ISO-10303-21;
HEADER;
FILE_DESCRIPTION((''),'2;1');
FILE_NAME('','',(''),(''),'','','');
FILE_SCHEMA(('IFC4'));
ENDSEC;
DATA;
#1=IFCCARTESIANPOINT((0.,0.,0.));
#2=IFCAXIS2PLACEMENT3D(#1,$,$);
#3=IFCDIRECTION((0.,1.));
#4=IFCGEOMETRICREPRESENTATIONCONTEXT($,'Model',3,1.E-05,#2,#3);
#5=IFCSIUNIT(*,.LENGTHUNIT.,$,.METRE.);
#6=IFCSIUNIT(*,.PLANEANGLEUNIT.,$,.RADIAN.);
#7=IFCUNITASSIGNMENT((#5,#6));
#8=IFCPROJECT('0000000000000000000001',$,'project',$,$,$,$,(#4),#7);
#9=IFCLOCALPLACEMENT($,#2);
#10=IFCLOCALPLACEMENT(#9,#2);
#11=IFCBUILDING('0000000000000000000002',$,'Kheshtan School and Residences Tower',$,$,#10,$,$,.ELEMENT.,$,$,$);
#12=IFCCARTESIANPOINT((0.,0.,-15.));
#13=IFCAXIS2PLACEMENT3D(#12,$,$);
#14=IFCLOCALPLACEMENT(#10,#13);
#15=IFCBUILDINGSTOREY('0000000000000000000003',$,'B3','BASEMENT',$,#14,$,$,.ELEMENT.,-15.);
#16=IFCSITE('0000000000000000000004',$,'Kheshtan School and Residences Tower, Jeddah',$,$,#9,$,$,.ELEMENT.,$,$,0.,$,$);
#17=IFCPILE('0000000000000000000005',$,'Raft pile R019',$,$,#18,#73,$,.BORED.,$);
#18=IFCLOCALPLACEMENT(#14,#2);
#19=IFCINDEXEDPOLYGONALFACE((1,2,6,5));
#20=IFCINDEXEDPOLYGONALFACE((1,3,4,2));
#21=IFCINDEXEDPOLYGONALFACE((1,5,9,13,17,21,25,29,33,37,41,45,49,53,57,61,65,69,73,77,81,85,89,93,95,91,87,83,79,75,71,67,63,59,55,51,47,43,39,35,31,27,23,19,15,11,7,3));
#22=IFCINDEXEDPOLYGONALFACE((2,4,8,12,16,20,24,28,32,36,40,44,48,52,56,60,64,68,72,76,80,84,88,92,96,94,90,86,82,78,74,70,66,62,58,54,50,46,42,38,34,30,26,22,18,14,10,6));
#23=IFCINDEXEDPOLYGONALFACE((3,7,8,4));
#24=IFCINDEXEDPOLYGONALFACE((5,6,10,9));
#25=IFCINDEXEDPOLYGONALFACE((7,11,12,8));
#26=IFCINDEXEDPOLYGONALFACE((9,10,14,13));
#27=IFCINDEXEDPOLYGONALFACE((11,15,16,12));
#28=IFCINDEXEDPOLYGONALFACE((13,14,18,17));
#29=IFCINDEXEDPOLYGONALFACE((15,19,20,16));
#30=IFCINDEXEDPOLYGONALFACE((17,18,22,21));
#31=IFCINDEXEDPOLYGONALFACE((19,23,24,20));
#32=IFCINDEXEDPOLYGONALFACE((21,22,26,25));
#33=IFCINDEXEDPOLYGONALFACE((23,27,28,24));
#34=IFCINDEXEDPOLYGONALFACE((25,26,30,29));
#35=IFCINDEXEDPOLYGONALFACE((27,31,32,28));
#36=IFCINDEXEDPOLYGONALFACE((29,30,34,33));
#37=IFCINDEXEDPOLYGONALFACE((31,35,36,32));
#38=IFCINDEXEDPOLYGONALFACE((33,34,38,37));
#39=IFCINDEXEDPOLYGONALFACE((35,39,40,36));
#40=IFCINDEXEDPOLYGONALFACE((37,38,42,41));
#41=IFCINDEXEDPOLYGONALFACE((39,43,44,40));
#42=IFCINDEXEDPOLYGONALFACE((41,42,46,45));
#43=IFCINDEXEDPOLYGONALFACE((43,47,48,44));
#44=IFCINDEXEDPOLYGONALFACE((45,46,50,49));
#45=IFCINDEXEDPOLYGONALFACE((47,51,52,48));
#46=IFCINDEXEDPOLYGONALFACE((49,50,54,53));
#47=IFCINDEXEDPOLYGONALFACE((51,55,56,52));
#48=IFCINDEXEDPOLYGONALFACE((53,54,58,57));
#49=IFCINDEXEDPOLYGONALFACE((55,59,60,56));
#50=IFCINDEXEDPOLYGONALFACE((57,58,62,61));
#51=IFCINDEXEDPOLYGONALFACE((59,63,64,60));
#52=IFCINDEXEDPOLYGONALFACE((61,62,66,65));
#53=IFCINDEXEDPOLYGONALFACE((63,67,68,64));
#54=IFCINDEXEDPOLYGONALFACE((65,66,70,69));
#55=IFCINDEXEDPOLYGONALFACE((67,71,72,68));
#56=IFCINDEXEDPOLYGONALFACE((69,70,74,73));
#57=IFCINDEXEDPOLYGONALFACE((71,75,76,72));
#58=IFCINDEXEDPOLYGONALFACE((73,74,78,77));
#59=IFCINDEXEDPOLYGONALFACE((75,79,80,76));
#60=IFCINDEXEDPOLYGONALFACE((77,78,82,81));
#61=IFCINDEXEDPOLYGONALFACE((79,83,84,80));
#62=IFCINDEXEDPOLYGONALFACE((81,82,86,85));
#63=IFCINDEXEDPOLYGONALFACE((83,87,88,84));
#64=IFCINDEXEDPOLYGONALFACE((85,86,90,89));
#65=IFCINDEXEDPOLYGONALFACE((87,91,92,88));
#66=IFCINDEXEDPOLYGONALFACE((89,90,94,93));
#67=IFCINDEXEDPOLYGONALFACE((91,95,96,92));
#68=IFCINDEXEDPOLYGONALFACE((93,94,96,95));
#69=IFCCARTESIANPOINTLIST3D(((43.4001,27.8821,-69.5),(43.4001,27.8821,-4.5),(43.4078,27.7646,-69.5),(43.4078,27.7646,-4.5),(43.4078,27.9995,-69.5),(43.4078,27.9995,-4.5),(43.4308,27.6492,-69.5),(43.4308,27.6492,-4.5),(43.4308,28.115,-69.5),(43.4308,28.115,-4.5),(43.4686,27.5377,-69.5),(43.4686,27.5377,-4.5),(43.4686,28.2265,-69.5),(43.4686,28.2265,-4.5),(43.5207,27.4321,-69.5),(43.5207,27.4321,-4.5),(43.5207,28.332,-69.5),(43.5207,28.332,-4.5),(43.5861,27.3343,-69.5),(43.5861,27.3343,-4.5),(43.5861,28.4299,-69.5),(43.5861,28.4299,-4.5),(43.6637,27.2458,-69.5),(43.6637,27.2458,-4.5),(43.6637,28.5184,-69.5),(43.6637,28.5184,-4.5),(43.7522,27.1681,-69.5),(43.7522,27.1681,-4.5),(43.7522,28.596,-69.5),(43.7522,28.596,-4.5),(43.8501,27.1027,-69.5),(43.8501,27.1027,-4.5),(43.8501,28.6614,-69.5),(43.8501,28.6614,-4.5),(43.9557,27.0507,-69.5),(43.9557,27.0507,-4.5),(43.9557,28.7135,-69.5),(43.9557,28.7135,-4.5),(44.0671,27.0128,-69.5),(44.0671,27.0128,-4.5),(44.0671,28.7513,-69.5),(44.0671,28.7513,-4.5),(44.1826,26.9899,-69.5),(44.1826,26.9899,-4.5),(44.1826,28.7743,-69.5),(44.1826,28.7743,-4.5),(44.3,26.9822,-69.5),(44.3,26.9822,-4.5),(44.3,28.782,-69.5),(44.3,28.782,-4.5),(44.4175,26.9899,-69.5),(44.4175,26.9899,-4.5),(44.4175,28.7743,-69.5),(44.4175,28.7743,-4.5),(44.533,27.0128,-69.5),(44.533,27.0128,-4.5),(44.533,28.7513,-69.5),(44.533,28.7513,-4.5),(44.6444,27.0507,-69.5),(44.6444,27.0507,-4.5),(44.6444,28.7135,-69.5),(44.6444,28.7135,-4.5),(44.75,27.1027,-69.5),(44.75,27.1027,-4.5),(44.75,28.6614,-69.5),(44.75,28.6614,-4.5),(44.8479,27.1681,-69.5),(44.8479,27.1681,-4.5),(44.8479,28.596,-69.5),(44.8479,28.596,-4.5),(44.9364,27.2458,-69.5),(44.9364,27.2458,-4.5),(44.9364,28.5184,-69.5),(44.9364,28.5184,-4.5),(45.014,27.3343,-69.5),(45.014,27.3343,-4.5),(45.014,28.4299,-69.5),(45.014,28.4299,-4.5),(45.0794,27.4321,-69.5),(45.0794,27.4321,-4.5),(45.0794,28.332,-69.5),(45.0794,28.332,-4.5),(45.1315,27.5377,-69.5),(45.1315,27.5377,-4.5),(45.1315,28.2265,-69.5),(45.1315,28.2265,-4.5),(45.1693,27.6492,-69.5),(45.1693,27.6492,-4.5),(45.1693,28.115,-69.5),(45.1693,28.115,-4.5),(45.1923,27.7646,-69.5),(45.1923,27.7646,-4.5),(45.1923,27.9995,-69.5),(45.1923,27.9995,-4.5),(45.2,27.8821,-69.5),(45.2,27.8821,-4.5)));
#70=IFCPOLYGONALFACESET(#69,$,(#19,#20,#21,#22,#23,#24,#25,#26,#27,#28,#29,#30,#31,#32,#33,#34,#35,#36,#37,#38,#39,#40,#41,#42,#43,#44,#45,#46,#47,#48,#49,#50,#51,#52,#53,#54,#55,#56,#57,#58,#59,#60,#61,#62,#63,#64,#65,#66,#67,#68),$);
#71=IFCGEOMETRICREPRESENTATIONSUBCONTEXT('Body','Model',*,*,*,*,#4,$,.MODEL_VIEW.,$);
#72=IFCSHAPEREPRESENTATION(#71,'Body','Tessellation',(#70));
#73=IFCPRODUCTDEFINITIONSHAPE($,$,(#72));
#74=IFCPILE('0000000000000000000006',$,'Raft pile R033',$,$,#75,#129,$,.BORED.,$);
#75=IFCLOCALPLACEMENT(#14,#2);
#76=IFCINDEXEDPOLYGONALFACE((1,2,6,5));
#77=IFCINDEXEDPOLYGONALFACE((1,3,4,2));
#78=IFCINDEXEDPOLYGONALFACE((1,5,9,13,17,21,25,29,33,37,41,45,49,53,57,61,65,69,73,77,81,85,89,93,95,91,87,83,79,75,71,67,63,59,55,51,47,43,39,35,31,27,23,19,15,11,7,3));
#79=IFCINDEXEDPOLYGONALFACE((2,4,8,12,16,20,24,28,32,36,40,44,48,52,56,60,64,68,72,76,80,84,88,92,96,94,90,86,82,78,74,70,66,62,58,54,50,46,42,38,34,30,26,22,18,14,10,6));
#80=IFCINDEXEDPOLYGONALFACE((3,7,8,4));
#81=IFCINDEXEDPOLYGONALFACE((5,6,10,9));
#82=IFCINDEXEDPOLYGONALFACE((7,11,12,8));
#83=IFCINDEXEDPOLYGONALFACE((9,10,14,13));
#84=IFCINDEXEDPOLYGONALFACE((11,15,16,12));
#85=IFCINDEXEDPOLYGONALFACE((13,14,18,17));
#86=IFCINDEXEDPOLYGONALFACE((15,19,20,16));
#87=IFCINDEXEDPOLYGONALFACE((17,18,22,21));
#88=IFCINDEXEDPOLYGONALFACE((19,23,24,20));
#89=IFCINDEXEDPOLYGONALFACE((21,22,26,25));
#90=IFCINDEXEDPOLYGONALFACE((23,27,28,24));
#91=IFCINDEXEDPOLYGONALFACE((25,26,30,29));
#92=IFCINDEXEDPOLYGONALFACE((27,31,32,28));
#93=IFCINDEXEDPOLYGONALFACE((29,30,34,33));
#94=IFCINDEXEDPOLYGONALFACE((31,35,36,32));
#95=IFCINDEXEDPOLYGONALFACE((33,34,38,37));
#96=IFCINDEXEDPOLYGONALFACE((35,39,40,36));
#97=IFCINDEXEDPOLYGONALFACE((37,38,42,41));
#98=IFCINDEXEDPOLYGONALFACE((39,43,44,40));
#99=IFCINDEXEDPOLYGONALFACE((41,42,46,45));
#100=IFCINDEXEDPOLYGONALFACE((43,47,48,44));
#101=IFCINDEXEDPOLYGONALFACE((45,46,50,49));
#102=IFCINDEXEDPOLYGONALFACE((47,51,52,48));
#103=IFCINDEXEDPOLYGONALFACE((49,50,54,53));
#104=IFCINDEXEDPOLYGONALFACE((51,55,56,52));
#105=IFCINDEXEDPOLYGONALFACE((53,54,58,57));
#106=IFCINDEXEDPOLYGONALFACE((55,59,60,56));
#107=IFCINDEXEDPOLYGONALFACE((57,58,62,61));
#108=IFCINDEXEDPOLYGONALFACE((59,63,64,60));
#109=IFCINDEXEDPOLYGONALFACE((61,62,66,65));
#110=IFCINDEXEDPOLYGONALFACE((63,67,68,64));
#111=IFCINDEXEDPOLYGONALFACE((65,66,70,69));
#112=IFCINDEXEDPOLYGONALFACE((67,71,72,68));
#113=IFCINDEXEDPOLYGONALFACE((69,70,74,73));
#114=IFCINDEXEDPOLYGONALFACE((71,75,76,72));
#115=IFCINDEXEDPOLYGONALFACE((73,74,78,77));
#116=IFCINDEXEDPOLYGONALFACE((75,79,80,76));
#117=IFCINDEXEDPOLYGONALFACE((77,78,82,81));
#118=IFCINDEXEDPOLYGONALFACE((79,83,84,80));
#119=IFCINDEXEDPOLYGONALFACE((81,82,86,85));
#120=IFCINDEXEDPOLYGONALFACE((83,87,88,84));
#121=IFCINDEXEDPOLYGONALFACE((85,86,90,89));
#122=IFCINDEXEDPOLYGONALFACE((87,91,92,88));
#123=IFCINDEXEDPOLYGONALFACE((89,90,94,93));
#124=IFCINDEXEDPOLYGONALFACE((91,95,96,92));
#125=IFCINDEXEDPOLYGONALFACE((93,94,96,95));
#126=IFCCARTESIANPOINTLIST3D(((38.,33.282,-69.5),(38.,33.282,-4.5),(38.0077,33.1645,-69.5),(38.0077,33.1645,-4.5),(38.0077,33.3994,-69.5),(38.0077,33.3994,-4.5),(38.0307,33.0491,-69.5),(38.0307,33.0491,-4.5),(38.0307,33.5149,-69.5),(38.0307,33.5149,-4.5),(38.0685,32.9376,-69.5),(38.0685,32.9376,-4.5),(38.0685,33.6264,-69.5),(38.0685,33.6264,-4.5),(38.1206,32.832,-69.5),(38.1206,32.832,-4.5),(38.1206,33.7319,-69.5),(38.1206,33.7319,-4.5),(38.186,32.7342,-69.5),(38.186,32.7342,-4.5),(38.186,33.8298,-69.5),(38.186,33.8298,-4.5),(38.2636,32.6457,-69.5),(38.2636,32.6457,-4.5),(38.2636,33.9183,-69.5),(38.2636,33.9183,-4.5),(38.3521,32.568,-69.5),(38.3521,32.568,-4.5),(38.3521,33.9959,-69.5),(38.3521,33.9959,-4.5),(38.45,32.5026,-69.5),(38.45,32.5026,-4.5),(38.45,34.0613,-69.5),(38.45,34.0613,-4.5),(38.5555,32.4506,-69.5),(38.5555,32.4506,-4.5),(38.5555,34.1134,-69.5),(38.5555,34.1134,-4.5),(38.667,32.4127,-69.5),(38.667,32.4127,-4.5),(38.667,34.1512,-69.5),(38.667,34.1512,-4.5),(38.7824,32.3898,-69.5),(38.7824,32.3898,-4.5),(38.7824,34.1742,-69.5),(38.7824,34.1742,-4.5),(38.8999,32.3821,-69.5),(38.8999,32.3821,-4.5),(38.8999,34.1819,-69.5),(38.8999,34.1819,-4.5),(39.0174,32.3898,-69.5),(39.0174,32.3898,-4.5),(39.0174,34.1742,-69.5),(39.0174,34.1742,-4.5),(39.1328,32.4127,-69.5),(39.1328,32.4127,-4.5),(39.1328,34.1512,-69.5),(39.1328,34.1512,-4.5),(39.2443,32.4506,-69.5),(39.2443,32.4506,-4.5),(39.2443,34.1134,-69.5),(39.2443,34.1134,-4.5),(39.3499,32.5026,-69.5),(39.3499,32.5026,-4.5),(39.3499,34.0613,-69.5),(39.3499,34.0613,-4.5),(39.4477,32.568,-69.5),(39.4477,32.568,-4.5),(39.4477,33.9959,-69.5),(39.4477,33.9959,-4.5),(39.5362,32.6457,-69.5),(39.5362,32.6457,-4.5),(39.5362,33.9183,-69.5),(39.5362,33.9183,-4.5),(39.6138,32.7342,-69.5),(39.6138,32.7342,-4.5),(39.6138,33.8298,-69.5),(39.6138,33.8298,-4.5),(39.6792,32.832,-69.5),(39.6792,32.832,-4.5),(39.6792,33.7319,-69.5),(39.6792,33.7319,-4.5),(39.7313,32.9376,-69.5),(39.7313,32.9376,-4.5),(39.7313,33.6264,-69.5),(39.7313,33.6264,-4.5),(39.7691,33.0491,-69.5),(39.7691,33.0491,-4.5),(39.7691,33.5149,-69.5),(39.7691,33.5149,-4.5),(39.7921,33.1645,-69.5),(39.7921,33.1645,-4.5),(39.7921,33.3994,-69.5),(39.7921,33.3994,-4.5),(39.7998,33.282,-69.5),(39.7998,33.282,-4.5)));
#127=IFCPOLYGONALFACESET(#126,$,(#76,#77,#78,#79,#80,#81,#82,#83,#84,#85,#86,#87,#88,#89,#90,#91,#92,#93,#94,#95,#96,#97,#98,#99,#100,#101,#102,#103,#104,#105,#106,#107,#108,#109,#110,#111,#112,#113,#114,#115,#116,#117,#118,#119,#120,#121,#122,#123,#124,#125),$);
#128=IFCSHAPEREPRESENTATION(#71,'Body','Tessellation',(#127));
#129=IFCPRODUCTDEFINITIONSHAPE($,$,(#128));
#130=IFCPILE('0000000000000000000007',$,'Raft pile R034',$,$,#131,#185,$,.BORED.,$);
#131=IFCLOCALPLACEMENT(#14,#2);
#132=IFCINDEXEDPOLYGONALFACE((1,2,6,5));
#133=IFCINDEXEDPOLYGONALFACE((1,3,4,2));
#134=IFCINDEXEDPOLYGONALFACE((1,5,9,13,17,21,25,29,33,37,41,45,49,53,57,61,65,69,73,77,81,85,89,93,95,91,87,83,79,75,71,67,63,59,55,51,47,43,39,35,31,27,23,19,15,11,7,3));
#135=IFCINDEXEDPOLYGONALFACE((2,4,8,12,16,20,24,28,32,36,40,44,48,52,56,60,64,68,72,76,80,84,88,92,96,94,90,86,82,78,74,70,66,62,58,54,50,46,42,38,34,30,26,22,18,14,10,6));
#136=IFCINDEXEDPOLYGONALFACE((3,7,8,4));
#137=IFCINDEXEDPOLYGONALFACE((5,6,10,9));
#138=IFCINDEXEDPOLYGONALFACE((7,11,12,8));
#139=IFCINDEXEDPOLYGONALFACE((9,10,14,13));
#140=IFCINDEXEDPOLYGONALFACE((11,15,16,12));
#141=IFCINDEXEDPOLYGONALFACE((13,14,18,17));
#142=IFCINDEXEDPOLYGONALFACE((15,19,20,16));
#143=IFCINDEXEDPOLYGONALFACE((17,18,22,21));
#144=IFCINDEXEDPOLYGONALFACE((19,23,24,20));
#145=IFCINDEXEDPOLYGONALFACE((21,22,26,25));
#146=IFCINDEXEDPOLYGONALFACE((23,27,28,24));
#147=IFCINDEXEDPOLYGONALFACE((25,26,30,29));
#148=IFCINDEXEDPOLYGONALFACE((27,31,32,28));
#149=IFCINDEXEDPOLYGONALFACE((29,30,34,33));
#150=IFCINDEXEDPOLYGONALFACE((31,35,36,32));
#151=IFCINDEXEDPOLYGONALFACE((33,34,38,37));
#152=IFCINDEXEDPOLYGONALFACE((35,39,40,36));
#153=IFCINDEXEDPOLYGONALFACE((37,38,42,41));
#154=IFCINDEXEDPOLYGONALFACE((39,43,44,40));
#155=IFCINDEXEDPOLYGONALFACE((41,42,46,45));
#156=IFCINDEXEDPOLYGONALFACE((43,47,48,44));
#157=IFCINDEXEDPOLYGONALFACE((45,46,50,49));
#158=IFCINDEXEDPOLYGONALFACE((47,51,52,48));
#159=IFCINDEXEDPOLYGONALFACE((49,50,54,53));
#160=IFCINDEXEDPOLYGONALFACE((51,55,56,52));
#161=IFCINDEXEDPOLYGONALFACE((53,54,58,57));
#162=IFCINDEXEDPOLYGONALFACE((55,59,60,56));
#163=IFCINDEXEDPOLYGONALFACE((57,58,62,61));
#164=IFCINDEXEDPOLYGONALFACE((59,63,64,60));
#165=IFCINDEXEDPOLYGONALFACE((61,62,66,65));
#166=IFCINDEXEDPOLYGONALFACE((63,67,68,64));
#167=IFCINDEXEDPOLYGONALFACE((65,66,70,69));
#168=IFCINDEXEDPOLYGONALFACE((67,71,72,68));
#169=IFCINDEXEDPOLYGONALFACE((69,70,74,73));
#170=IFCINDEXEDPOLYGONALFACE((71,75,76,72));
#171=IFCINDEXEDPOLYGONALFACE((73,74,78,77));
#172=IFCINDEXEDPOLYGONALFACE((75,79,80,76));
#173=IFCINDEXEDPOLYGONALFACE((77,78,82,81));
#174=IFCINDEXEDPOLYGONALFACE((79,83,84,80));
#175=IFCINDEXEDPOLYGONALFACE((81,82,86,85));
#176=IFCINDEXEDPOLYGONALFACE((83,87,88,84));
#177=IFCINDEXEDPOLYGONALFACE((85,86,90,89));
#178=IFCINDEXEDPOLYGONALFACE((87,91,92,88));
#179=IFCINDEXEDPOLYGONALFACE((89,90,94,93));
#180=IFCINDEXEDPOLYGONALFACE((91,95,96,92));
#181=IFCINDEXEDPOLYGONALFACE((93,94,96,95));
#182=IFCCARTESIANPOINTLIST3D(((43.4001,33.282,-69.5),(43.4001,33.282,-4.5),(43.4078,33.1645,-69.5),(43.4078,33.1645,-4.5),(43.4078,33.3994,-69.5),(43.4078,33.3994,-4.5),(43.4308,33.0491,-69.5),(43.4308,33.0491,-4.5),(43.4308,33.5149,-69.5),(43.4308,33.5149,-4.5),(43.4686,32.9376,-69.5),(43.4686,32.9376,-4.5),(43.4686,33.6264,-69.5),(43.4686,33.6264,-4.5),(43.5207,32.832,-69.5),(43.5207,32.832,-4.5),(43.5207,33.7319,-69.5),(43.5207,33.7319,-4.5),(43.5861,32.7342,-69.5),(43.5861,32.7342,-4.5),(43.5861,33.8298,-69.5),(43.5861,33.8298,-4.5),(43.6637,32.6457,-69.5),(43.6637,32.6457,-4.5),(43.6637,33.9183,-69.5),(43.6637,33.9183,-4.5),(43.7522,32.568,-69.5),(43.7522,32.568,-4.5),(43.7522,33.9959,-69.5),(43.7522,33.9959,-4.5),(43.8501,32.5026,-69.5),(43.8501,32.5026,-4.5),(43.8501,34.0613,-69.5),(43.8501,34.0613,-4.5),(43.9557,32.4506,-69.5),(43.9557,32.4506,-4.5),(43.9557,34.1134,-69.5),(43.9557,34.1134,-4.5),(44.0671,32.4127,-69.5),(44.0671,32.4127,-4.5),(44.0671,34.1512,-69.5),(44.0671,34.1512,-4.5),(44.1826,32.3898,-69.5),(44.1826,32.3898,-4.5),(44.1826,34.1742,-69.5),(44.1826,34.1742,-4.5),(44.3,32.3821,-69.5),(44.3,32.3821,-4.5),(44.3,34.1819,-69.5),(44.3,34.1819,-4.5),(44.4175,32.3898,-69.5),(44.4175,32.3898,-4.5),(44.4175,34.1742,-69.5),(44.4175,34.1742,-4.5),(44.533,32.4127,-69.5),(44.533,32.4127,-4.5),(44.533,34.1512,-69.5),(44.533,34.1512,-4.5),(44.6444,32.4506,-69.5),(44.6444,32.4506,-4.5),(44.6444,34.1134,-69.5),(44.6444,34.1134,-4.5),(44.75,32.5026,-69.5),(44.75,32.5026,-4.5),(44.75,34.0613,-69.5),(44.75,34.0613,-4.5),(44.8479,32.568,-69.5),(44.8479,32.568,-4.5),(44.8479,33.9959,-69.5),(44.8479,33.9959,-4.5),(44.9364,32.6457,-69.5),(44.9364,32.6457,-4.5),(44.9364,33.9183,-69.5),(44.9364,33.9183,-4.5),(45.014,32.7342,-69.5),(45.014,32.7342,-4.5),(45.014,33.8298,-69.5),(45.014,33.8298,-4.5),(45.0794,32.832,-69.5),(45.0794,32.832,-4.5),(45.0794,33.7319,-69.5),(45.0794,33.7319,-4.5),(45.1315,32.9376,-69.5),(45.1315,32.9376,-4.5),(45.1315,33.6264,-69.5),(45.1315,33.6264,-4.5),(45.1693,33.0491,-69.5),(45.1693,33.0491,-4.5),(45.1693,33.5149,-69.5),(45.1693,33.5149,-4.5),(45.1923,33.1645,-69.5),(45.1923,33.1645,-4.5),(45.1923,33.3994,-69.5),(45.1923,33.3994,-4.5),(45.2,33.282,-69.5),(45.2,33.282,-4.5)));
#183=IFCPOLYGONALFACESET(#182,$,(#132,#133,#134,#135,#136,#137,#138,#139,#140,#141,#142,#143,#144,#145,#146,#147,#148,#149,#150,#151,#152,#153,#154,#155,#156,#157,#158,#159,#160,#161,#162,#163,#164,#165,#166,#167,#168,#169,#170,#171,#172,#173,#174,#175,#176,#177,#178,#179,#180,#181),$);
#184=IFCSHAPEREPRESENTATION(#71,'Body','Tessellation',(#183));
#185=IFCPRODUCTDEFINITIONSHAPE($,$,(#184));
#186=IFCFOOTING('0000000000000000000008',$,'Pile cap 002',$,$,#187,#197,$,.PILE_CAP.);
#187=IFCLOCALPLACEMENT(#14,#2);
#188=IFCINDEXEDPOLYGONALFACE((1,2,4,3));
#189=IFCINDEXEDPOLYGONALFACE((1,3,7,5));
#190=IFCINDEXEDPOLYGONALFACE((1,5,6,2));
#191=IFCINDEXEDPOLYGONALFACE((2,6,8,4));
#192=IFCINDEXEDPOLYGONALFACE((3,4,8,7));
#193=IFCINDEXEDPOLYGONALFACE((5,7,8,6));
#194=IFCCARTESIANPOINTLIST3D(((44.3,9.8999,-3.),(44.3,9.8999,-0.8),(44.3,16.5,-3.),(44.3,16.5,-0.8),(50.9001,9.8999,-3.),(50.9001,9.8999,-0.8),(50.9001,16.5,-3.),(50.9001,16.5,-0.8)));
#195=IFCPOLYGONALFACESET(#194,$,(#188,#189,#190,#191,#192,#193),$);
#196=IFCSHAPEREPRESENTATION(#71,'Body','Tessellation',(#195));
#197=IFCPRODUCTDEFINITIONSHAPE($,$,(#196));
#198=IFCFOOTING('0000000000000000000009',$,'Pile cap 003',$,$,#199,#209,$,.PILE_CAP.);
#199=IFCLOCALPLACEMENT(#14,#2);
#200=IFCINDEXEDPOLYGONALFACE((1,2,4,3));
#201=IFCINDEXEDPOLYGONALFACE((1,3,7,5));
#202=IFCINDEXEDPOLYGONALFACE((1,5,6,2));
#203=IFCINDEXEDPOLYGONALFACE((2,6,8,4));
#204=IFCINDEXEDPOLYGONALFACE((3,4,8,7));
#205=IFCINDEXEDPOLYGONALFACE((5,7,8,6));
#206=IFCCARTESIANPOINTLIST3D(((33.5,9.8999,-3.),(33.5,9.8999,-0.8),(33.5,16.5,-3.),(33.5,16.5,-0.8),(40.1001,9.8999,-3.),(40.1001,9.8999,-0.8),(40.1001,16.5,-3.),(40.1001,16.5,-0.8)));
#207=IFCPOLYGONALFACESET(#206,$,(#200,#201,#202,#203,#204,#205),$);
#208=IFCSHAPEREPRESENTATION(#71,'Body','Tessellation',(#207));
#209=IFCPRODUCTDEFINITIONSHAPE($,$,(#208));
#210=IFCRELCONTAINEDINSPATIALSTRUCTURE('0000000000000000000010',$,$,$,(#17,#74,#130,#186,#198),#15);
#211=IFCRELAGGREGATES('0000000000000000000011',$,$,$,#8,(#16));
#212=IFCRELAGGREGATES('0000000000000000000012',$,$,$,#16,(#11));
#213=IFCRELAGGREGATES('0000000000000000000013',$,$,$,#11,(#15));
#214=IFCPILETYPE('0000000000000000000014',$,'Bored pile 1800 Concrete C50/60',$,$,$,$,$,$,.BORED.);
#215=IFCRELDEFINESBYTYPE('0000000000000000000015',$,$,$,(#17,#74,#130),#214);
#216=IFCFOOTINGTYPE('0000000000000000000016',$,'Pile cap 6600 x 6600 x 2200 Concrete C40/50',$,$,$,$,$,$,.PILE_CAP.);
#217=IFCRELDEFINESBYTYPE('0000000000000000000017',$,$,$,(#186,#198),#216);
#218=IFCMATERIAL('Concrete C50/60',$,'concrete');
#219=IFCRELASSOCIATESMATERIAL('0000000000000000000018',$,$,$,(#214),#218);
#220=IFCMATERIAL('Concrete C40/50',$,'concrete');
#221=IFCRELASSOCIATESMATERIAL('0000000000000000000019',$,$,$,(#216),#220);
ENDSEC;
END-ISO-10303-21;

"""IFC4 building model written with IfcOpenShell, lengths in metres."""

from ifc_helpers import new_model, si_unit, direction, frame, origin, origin_2d, place, context, subcontext, project, spatial, rectangle, circle, extrude, material, material_profile, profile_set, type_object, element, save


model = new_model("IFC4")

# Units and contexts
model_context = context("Model", 3, precision=1e-05, world=origin(), true_north=direction((0.0, 1.0)))
body_context = subcontext(model_context, "Body", "Model", "MODEL_VIEW")
ifc_project = project(units=[si_unit("LENGTHUNIT", "METRE"), si_unit("PLANEANGLEUNIT", "RADIAN")], contexts=[model_context])

# Site, building, storey
site_placement = place(None, origin())
site = spatial("IfcSite", under=ifc_project, at=site_placement, Name="Kheshtan School and Residences Tower, Jeddah", CompositionType="ELEMENT", RefElevation=0.0)
building_placement = place(site_placement, origin())
building = spatial("IfcBuilding", under=site, at=building_placement, Name="Kheshtan School and Residences Tower", CompositionType="ELEMENT")
storey_placement = place(building_placement, frame((0.0, 0.0, -15.0)))
storey = spatial("IfcBuildingStorey", under=building, at=storey_placement, Name="B3", Description="BASEMENT", CompositionType="ELEMENT", Elevation=-15.0)

# Piles
ifc_material_1 = material(Name="Concrete C50/60", Category="concrete")
ifc_material_profile_1 = material_profile(ifc_material_1, circle(Radius=0.8999, at=origin_2d()), Name="BP 1800")
ifc_profile_set_1 = profile_set([ifc_material_profile_1], Name="Concrete C50/60")
pile_type_1 = type_object("IfcPileType", Name="Bored pile 1800 Concrete C50/60", PredefinedType="BORED", material=ifc_profile_set_1)
for number, where, z_axis, x_axis, name in (
    (1, (44.3, 27.8821, -4.5), (0.0, 0.0, -1.0), (1.0, 0.0, 0.0), "Raft pile R019"),
    (2, (38.8999, 33.282, -4.5), (0.0, 0.0, -1.0), (1.0, 0.0, 0.0), "Raft pile R033"),
    (3, (44.3, 33.282, -4.5), (0.0, 0.0, -1.0), (1.0, 0.0, 0.0), "Raft pile R034"),
):
    element("IfcPile", number, at=place(storey_placement, frame(where, z_axis=z_axis, x_axis=x_axis)), inside=storey, type_object=pile_type_1, Name=name, PredefinedType="BORED", context=body_context, shape_type="SweptSolid", body=[
        extrude(circle(Radius=0.8999, at=origin_2d()), origin(), (0.0, 0.0, 1.0), 65.0),
    ])

# Footings
ifc_material_2 = material(Name="Concrete C40/50", Category="concrete")
footing_type = type_object("IfcFootingType", Name="Pile cap 6600 x 6600 x 2200 Concrete C40/50", PredefinedType="PILE_CAP", material=ifc_material_2)
for number, where, z_axis, x_axis, name in (
    (4, (47.6001, 13.2, -3.0), (0.0, 0.0, 1.0), (1.0, 0.0, 0.0), "Pile cap 002"),
    (5, (36.8, 13.2, -3.0), (0.0, 0.0, 1.0), (1.0, 0.0, 0.0), "Pile cap 003"),
):
    element("IfcFooting", number, at=place(storey_placement, frame(where, z_axis=z_axis, x_axis=x_axis)), inside=storey, type_object=footing_type, Name=name, PredefinedType="PILE_CAP", context=body_context, shape_type="SweptSolid", body=[
        extrude(rectangle(XDim=6.6001, YDim=6.6001, at=origin_2d()), origin(), (0.0, 0.0, 1.0), 2.2),
    ])

save(model, "model.ifc")
